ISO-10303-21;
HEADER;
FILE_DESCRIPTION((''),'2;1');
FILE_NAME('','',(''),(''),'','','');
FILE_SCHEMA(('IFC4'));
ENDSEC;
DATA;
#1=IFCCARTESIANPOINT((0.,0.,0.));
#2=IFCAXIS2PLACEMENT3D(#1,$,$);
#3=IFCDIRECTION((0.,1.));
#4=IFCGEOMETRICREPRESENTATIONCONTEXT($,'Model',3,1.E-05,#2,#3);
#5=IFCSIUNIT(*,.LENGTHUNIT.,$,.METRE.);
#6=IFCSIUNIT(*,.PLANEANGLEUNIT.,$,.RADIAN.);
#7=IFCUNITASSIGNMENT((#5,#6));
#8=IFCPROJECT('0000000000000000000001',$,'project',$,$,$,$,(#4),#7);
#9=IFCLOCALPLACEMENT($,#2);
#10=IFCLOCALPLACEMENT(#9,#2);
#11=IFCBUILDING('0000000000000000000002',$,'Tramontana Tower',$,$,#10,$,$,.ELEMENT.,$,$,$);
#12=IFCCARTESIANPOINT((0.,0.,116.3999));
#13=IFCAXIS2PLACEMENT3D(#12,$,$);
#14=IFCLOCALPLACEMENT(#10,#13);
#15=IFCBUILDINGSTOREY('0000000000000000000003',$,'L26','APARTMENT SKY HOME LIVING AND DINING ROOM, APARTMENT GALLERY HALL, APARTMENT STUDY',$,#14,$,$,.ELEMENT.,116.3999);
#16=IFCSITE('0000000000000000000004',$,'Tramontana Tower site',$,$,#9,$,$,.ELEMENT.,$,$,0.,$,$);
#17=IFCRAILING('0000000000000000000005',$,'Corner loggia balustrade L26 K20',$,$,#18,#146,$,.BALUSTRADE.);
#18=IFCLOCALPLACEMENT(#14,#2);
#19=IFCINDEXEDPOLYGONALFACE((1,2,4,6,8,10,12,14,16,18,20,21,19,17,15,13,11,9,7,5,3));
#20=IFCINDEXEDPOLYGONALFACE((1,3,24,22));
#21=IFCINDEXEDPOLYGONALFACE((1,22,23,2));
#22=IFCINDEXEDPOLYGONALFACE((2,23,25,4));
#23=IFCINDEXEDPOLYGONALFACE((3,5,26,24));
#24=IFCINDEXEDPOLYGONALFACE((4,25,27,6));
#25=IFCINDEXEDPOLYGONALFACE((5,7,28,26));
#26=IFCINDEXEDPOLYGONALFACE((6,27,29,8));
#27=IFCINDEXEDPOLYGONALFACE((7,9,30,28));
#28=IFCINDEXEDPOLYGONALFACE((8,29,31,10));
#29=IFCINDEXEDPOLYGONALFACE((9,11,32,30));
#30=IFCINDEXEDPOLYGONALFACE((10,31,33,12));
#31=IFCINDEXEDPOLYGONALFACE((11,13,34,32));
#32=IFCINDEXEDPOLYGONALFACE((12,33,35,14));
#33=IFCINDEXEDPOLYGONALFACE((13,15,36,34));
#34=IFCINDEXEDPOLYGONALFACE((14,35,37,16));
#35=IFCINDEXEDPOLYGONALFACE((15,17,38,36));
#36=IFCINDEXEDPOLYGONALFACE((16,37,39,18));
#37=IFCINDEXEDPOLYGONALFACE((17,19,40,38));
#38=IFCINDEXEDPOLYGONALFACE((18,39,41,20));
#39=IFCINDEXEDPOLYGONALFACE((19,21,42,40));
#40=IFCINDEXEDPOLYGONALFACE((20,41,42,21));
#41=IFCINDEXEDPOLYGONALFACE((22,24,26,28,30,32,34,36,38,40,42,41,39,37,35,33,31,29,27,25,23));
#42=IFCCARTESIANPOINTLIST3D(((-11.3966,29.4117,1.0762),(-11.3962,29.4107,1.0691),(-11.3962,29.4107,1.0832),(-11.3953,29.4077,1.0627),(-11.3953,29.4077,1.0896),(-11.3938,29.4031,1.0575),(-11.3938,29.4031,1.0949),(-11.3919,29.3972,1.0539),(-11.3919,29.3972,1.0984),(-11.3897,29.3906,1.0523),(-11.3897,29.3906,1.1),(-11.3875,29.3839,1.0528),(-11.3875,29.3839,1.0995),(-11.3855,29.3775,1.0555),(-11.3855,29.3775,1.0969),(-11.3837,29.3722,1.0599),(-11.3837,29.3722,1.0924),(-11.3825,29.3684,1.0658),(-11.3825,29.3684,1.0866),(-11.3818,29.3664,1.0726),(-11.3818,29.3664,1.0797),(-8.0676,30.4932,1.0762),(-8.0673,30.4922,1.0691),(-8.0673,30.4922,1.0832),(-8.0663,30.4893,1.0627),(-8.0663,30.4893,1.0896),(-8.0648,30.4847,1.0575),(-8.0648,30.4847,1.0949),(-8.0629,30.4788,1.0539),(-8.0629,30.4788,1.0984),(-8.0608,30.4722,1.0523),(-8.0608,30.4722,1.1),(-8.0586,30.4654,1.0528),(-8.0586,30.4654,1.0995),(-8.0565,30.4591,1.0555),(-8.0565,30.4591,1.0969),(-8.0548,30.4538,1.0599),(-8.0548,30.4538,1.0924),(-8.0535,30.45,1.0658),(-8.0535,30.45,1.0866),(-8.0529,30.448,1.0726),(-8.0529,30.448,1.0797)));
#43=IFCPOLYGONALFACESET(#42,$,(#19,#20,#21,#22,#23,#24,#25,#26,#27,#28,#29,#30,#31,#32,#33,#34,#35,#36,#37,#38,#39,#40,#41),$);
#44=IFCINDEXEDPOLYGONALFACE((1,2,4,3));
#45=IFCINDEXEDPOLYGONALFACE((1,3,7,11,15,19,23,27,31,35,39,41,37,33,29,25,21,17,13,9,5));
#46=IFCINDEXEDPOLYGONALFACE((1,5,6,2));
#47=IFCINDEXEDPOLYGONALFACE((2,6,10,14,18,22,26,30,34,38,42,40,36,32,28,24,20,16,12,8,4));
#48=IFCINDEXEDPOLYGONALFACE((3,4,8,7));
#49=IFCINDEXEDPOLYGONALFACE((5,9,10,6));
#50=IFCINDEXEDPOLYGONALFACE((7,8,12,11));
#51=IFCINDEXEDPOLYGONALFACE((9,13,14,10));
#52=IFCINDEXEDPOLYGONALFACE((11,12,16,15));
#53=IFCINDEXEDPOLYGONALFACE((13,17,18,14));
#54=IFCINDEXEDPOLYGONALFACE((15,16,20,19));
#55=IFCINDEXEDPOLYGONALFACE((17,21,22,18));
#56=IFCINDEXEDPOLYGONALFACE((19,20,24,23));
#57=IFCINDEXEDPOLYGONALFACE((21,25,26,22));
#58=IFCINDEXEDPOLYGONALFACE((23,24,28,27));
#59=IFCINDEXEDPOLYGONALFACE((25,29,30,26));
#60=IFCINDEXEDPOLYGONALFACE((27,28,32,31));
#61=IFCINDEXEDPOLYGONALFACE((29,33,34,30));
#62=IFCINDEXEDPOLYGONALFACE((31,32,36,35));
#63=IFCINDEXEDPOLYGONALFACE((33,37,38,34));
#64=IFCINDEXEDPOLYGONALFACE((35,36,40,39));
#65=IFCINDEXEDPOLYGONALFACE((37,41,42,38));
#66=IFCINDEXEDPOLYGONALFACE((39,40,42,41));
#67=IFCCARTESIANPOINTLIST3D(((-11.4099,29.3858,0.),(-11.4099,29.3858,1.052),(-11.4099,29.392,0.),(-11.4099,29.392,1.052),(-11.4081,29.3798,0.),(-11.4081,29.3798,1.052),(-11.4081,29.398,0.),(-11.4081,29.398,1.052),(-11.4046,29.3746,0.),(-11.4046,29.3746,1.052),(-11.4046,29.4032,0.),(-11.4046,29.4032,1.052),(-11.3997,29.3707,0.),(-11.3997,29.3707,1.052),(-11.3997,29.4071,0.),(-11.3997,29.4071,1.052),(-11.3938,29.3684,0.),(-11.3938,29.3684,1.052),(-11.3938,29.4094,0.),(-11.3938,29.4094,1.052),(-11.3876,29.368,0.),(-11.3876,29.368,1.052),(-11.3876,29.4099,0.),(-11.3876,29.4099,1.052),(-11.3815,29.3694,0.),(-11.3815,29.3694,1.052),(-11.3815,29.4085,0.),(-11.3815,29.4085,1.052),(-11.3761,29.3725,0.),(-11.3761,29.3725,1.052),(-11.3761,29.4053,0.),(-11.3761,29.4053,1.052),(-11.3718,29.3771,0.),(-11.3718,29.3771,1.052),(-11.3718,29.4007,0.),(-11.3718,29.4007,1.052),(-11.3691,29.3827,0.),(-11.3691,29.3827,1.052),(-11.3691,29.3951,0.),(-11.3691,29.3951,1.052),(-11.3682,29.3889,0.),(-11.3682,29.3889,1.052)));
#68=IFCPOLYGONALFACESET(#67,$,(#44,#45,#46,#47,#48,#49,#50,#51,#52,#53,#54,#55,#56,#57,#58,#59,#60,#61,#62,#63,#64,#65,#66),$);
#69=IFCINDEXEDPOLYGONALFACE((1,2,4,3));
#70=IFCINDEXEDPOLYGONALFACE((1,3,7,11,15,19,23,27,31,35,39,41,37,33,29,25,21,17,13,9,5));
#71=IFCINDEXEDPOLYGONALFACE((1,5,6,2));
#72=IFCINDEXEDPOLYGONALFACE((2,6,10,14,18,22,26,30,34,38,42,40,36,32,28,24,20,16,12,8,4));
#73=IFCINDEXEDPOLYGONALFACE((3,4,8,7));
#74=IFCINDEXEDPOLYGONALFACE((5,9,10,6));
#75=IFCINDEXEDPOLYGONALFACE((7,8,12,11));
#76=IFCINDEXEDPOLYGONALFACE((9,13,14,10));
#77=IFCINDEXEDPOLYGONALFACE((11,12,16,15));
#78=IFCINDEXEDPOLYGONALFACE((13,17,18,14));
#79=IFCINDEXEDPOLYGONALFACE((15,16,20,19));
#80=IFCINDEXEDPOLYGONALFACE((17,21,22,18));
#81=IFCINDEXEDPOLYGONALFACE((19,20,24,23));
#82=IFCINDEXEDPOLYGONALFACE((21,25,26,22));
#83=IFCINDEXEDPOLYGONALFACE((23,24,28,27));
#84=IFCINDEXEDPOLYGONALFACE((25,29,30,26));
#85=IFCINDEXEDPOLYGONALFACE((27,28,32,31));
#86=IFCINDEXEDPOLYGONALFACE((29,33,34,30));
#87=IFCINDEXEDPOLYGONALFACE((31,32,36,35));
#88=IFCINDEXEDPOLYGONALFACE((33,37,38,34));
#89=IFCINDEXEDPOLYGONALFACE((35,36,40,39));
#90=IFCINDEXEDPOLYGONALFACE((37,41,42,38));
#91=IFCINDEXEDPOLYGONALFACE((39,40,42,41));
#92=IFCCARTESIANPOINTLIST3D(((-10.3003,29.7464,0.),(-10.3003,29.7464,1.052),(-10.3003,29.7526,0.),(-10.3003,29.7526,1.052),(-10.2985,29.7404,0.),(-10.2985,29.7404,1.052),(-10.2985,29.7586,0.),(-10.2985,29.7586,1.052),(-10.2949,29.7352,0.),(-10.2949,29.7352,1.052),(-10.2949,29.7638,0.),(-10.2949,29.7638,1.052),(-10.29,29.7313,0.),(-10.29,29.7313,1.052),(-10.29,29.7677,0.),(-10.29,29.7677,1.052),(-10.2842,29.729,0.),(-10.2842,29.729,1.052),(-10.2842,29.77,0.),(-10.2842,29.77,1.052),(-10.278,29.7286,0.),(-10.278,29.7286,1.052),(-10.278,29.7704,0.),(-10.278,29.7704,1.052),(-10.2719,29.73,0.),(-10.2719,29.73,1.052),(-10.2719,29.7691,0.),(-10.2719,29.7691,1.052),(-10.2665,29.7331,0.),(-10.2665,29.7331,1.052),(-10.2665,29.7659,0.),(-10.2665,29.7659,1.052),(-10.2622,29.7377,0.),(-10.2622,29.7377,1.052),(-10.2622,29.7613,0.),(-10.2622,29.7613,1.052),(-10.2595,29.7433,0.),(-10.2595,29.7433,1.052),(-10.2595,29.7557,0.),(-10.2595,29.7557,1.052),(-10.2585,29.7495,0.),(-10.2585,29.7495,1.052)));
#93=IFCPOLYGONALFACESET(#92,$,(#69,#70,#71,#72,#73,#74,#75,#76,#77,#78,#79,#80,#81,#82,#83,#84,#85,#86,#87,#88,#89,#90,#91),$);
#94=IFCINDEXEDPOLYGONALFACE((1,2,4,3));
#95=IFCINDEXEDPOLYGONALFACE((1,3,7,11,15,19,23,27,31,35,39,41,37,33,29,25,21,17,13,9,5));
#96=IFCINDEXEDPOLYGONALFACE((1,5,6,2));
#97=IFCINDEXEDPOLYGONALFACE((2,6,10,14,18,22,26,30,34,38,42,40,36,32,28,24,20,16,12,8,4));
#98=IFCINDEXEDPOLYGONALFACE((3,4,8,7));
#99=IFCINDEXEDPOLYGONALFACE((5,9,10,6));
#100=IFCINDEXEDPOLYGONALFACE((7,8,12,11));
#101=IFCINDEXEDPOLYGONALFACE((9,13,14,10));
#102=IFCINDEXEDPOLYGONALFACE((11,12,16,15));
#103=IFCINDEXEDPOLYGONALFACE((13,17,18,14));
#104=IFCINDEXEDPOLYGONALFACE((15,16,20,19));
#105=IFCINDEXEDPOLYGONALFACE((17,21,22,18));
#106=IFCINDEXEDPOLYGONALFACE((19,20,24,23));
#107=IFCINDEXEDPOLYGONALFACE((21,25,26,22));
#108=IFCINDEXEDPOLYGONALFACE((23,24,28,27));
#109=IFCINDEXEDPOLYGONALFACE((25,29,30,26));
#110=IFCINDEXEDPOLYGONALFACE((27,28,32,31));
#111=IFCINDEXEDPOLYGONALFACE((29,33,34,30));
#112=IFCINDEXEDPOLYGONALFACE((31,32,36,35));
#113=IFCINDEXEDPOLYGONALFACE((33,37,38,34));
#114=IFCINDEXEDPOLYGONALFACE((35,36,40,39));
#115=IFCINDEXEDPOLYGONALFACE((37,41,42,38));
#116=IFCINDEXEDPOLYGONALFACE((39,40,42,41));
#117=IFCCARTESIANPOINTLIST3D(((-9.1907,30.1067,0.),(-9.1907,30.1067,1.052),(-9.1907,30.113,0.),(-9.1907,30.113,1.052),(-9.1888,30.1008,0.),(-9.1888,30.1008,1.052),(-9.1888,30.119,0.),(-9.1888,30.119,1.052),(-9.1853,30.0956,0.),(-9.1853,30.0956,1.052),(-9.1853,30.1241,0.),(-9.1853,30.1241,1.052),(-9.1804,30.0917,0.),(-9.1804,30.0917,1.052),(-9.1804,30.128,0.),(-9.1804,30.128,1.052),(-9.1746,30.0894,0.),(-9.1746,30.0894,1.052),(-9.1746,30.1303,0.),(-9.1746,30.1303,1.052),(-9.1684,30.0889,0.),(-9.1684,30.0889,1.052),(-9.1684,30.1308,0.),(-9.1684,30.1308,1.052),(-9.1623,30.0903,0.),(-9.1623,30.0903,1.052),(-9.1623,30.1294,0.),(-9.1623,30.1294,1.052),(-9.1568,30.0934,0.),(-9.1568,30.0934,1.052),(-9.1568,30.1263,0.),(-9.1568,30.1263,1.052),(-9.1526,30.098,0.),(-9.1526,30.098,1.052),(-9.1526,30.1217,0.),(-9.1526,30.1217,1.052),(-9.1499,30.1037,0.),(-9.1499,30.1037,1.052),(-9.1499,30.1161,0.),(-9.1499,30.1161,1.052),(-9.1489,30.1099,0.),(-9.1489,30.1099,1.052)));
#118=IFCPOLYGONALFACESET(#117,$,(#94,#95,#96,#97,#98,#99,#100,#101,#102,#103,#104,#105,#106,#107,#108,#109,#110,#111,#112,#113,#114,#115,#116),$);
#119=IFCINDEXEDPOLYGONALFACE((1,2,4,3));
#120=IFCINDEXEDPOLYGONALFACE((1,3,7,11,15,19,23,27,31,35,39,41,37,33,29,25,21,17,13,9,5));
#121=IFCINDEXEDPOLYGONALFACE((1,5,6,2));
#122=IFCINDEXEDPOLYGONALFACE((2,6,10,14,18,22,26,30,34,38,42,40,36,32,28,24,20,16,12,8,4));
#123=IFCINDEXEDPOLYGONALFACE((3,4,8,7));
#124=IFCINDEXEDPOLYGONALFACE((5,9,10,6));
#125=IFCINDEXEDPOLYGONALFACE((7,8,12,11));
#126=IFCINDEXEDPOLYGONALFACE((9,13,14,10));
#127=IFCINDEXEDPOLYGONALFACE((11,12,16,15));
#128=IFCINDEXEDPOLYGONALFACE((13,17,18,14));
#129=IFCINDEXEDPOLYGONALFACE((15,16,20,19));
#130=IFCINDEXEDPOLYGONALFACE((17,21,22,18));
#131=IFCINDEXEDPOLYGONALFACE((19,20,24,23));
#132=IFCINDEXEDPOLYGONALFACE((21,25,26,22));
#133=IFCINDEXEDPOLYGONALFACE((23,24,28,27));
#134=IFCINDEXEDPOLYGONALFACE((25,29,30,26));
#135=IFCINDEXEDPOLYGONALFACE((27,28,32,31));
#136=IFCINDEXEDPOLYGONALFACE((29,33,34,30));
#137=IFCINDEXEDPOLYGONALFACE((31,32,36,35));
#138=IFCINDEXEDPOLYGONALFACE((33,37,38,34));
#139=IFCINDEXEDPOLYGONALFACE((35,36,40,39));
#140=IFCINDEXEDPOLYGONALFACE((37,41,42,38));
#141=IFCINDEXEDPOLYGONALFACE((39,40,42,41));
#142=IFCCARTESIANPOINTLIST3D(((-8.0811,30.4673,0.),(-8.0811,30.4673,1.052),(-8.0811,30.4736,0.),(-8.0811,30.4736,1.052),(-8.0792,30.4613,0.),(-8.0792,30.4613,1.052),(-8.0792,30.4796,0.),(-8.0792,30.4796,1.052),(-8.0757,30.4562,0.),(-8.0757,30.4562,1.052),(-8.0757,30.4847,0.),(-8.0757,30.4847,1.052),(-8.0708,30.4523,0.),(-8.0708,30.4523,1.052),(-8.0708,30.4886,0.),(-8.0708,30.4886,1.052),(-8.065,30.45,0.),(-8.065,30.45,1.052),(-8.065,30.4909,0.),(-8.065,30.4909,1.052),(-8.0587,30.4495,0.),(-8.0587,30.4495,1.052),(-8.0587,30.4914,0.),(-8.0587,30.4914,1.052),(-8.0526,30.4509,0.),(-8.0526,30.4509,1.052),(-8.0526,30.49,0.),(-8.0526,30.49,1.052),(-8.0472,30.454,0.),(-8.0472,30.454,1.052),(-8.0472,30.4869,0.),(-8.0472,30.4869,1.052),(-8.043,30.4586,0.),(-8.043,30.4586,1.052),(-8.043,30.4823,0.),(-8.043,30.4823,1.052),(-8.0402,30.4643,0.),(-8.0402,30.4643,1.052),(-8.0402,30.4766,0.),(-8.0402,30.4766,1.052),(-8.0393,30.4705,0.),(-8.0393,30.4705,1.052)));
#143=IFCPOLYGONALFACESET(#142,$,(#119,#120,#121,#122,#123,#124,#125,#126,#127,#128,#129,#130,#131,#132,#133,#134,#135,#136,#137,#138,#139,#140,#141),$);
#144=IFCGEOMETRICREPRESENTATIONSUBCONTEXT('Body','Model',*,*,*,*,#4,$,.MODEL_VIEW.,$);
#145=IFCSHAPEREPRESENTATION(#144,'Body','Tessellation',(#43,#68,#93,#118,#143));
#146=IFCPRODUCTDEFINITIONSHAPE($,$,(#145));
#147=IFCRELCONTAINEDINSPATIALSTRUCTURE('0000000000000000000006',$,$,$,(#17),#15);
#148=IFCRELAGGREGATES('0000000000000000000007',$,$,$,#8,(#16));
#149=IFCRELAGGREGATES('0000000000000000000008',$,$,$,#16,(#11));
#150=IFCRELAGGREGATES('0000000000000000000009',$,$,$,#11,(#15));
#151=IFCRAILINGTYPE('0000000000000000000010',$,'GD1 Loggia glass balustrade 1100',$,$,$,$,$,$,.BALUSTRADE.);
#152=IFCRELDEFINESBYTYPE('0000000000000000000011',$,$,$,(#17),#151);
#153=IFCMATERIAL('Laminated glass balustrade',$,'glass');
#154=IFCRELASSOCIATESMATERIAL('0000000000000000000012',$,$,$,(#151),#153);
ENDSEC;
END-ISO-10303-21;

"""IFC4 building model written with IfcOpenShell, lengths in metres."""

from ifc_helpers import new_model, si_unit, direction, frame, origin, origin_2d, place, context, subcontext, project, spatial, circle, extrude, material, type_object, element, save


model = new_model("IFC4")

# Units and contexts
model_context = context("Model", 3, precision=1e-05, world=origin(), true_north=direction((0.0, 1.0)))
body_context = subcontext(model_context, "Body", "Model", "MODEL_VIEW")
ifc_project = project(units=[si_unit("LENGTHUNIT", "METRE"), si_unit("PLANEANGLEUNIT", "RADIAN")], contexts=[model_context])

# Site, building, storey
site_placement = place(None, origin())
site = spatial("IfcSite", under=ifc_project, at=site_placement, Name="Tramontana Tower site", CompositionType="ELEMENT", RefElevation=0.0)
building_placement = place(site_placement, origin())
building = spatial("IfcBuilding", under=site, at=building_placement, Name="Tramontana Tower", CompositionType="ELEMENT")
storey_placement = place(building_placement, frame((0.0, 0.0, 116.3999)))
storey = spatial("IfcBuildingStorey", under=building, at=storey_placement, Name="L26", Description="APARTMENT SKY HOME LIVING AND DINING ROOM, APARTMENT GALLERY HALL, APARTMENT STUDY", CompositionType="ELEMENT", Elevation=116.3999)

# Railing
ifc_material_1 = material(Name="Laminated glass balustrade", Category="glass")
railing_type = type_object("IfcRailingType", Name="GD1 Loggia glass balustrade 1100", PredefinedType="BALUSTRADE", material=ifc_material_1)
railing_1_placement = place(storey_placement, frame((-11.3892, 29.3889, 0.0)))
element("IfcRailing", 1, at=railing_1_placement, inside=storey, type_object=railing_type, Name="Corner loggia balustrade L26 K20", PredefinedType="BALUSTRADE", context=body_context, shape_type="SweptSolid", body=[
    extrude(circle(Radius=0.0239, at=origin_2d()), frame((0.0, 0.0, 1.0762), z_axis=(0.951062, 0.308999, 0.0), x_axis=(-0.308999, 0.951062, 0.0)), (0.0, 0.0, 1.0), 3.5002),
    extrude(circle(Radius=0.021, at=origin_2d()), origin(), (0.0, 0.0, 1.0), 1.052),
    extrude(circle(Radius=0.021, at=origin_2d()), frame((1.1096, 0.3606, 0.0)), (0.0, 0.0, 1.0), 1.052),
    extrude(circle(Radius=0.021, at=origin_2d()), frame((2.2192, 0.7209, 0.0)), (0.0, 0.0, 1.0), 1.052),
    extrude(circle(Radius=0.021, at=origin_2d()), frame((3.3289, 1.0815, 0.0)), (0.0, 0.0, 1.0), 1.052),
])

save(model, "model.ifc")
